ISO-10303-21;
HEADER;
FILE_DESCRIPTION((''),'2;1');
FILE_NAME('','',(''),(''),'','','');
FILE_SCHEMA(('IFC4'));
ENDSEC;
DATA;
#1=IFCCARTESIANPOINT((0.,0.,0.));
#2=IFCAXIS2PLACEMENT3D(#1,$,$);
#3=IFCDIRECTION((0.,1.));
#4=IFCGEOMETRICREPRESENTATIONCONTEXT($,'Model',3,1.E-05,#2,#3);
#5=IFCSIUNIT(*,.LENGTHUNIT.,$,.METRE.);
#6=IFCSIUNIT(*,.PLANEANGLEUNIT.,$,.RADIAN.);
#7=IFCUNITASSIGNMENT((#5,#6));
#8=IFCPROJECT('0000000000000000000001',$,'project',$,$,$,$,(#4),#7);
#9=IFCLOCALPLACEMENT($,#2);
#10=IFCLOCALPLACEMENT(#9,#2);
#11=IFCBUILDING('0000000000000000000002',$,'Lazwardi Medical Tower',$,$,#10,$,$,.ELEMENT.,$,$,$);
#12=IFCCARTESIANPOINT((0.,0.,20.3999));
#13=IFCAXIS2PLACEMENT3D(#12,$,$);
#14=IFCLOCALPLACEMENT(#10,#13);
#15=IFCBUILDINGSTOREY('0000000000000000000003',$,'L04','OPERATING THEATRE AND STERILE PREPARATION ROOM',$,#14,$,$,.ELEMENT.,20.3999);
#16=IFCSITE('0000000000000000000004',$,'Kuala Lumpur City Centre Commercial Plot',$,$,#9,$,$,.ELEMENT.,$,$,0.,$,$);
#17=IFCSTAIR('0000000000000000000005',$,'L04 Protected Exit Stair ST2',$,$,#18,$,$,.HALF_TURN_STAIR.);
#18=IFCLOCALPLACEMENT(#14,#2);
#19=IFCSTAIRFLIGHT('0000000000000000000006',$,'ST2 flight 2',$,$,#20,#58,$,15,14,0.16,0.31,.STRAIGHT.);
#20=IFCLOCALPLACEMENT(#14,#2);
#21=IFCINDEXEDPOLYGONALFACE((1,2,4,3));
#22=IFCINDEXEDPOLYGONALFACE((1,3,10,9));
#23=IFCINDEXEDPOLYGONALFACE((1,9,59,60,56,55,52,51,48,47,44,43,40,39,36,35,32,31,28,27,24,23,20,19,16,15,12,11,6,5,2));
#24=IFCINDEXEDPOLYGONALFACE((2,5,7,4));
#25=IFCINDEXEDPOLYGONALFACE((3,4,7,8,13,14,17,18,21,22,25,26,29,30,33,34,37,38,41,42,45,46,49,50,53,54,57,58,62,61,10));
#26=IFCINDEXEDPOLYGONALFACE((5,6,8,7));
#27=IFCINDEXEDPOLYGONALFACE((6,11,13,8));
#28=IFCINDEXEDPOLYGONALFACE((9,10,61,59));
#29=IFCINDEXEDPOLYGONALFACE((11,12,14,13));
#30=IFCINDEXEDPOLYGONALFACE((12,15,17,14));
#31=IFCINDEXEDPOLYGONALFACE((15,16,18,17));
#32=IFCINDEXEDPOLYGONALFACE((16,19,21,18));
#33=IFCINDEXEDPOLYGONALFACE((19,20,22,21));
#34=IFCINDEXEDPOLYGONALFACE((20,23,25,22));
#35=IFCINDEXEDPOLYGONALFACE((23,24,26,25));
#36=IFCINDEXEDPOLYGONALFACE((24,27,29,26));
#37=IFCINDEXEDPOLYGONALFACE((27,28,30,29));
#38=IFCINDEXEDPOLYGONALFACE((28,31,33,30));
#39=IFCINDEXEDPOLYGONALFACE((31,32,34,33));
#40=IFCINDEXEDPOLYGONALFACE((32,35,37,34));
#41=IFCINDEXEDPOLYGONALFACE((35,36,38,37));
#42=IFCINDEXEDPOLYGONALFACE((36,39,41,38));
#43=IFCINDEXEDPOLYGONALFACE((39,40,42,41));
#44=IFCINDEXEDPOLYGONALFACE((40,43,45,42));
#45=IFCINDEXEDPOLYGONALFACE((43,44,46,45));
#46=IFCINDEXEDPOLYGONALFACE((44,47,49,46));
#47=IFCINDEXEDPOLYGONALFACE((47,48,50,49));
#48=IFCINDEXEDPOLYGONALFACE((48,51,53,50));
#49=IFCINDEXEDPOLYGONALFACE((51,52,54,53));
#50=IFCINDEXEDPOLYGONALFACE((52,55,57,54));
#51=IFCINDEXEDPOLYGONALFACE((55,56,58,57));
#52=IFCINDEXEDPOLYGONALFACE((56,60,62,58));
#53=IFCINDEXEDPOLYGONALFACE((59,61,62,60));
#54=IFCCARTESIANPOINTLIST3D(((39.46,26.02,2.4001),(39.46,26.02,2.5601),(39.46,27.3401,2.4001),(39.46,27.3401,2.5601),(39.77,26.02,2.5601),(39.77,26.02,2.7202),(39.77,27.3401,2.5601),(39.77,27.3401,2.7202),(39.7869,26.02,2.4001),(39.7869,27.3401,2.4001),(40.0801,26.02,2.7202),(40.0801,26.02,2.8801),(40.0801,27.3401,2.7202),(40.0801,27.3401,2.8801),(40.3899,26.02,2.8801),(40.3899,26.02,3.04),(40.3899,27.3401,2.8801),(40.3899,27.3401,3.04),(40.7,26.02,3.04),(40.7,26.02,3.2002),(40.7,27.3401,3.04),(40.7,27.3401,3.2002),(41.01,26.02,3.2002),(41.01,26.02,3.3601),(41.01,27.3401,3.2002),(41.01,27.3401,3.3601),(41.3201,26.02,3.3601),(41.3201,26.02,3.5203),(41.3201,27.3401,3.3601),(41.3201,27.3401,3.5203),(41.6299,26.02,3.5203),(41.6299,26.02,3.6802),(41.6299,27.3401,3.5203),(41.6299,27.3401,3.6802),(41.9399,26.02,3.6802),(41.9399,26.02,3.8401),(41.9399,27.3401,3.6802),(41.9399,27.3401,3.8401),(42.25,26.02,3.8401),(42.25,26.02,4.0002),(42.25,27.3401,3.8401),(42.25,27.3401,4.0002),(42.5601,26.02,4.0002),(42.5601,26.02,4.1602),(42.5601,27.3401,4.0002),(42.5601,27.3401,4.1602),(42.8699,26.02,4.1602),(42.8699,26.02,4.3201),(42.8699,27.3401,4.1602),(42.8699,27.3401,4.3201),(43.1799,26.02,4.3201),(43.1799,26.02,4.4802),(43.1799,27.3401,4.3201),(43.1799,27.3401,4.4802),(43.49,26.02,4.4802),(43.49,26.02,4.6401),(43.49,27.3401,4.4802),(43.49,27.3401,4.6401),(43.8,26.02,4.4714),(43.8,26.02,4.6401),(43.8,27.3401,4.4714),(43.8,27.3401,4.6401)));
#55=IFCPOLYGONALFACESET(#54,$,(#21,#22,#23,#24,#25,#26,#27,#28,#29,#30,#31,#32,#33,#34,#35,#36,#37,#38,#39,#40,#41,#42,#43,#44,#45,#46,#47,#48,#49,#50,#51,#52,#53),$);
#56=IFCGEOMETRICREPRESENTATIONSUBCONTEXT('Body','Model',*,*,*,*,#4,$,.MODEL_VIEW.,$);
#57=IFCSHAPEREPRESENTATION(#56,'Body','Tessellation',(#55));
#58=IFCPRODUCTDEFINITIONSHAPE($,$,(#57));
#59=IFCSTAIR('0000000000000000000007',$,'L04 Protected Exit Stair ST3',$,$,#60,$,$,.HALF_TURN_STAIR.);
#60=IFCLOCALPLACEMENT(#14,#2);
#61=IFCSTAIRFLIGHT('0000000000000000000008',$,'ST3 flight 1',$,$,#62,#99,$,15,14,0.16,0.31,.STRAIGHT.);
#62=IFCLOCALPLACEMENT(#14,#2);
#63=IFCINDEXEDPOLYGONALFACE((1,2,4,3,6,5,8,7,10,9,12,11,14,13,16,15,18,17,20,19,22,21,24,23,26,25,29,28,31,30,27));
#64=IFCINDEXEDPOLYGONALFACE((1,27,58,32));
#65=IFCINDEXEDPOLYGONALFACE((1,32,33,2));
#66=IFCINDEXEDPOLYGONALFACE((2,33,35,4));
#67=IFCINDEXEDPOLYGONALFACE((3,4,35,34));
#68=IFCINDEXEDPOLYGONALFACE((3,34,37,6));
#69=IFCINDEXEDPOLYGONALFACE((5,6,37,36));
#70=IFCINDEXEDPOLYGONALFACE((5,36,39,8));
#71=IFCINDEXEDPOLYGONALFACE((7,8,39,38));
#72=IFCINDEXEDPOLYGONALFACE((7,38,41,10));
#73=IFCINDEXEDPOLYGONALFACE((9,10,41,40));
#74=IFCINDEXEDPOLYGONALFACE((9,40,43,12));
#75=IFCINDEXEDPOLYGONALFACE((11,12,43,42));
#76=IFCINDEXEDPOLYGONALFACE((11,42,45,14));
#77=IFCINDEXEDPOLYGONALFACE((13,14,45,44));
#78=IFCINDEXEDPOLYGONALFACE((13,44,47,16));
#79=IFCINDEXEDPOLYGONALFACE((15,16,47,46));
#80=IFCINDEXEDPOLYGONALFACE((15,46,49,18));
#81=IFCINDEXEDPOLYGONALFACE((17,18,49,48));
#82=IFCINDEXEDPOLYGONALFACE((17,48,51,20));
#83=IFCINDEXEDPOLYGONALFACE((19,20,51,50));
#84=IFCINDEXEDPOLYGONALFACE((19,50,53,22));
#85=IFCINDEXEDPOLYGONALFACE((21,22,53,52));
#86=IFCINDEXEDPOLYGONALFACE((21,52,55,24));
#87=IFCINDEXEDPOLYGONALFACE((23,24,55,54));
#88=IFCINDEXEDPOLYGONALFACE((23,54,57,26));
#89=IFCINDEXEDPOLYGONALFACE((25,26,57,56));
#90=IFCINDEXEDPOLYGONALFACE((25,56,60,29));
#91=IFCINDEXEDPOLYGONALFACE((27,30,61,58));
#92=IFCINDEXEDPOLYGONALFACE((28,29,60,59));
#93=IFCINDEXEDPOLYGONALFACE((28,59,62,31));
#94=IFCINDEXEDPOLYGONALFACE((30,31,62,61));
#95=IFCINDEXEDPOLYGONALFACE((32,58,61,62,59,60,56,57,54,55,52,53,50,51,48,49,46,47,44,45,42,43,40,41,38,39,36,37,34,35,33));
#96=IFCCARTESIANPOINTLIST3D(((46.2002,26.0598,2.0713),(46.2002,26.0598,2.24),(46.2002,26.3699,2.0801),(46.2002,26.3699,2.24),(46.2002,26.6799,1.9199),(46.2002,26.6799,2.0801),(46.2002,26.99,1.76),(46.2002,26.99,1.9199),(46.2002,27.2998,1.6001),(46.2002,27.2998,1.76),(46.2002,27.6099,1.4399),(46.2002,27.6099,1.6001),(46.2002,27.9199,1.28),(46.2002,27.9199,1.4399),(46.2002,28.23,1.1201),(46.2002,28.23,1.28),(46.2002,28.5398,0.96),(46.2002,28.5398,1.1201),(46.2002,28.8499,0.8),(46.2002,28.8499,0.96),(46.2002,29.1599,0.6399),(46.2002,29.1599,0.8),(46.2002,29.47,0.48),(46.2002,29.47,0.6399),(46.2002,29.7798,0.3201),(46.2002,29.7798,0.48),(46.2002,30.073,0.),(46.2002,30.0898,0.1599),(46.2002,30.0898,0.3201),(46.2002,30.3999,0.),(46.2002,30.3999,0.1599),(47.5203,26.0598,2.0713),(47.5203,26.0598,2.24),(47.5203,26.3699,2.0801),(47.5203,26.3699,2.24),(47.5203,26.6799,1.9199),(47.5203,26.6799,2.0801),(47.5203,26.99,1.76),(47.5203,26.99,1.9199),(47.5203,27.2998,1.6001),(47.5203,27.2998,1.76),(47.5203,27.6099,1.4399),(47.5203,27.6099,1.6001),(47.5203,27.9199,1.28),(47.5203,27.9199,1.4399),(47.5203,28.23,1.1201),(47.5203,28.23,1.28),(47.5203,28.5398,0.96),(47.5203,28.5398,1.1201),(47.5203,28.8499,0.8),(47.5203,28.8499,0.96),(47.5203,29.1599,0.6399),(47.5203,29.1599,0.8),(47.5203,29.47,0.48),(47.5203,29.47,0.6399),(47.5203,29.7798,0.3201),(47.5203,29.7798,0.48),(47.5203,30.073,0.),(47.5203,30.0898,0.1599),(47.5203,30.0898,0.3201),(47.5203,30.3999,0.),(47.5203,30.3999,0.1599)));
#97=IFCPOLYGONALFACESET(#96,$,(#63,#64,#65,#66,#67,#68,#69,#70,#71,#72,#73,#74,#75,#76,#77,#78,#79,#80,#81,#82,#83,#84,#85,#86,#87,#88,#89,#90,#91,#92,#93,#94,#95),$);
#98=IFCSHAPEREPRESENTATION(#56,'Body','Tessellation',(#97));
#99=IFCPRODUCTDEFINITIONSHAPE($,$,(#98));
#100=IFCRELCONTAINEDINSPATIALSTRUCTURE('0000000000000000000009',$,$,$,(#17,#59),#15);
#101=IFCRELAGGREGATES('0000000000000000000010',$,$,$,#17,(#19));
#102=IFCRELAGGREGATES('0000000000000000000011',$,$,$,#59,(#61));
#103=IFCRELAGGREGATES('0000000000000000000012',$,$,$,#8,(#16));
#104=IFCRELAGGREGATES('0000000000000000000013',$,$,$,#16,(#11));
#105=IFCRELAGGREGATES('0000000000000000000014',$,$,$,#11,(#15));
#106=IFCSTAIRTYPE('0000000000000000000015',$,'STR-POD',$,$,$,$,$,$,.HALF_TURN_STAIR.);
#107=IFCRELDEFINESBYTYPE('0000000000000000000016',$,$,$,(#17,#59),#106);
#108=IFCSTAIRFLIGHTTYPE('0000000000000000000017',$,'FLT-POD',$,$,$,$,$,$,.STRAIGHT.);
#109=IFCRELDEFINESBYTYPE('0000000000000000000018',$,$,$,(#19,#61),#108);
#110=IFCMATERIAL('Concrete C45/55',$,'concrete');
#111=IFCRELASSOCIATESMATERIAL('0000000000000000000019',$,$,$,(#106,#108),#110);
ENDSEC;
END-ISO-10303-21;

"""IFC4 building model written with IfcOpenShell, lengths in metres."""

from ifc_helpers import new_model, si_unit, direction, frame, origin, place, context, subcontext, project, spatial, polyline, outline, extrude, material, type_object, element, aggregate, save


model = new_model("IFC4")

# Units and contexts
model_context = context("Model", 3, precision=1e-05, world=origin(), true_north=direction((0.0, 1.0)))
body_context = subcontext(model_context, "Body", "Model", "MODEL_VIEW")
ifc_project = project(units=[si_unit("LENGTHUNIT", "METRE"), si_unit("PLANEANGLEUNIT", "RADIAN")], contexts=[model_context])

# Site, building, storey
site_placement = place(None, origin())
site = spatial("IfcSite", under=ifc_project, at=site_placement, Name="Kuala Lumpur City Centre Commercial Plot", CompositionType="ELEMENT", RefElevation=0.0)
building_placement = place(site_placement, origin())
building = spatial("IfcBuilding", under=site, at=building_placement, Name="Lazwardi Medical Tower", CompositionType="ELEMENT")
storey_placement = place(building_placement, frame((0.0, 0.0, 20.3999)))
storey = spatial("IfcBuildingStorey", under=building, at=storey_placement, Name="L04", Description="OPERATING THEATRE AND STERILE PREPARATION ROOM", CompositionType="ELEMENT", Elevation=20.3999)

# Stair, stair flight
ifc_material_1 = material(Name="Concrete C45/55", Category="concrete")
stair_type = type_object("IfcStairType", Name="STR-POD", PredefinedType="HALF_TURN_STAIR", material=ifc_material_1)
stair_1_placement = place(storey_placement, origin())
stair_1 = element("IfcStair", 1, at=stair_1_placement, inside=storey, type_object=stair_type, Name="L04 Protected Exit Stair ST2", PredefinedType="HALF_TURN_STAIR")
stair_flight_type = type_object("IfcStairFlightType", Name="FLT-POD", PredefinedType="STRAIGHT", material=ifc_material_1)
stair_flight_1_placement = place(storey_placement, frame((39.46, 26.6799, 2.4001), z_axis=(0.0, 0.0, 1.0), x_axis=(1.0, 0.0, 0.0)))
stair_flight_1 = element("IfcStairFlight", 2, at=stair_flight_1_placement, type_object=stair_flight_type, Name="ST2 flight 2", NumberOfRisers=15, NumberOfTreads=14, PredefinedType="STRAIGHT", RiserHeight=0.16, TreadLength=0.31, context=body_context, shape_type="SweptSolid", body=[
    extrude(outline(polyline([(0.0, 0.0), (0.0, 0.1599), (0.3101, 0.1599), (0.3101, 0.3201), (0.6201, 0.3201), (0.6201, 0.48), (0.9299, 0.48), (0.9299, 0.6399), (1.24, 0.6399), (1.24, 0.8), (1.55, 0.8), (1.55, 0.96), (1.8601, 0.96), (1.8601, 1.1201), (2.1699, 1.1201), (2.1699, 1.28), (2.48, 1.28), (2.48, 1.4399), (2.79, 1.4399), (2.79, 1.6001), (3.1001, 1.6001), (3.1001, 1.76), (3.4099, 1.76), (3.4099, 1.9199), (3.72, 1.9199), (3.72, 2.0801), (4.03, 2.0801), (4.03, 2.24), (4.3401, 2.24), (4.3401, 2.3999), (4.3401, 2.0713), (0.3269, 0.0), (0.0, 0.0)])), frame((0.0, 0.6602, 0.0), z_axis=(0.0, -1.0, 0.0), x_axis=(1.0, 0.0, 0.0)), (0.0, 0.0, 1.0), 1.3201),
])
aggregate(stair_1, [stair_flight_1])

# Stair, stair flight
stair_2_placement = place(storey_placement, origin())
stair_2 = element("IfcStair", 3, at=stair_2_placement, inside=storey, type_object=stair_type, Name="L04 Protected Exit Stair ST3", PredefinedType="HALF_TURN_STAIR")
stair_flight_2_placement = place(storey_placement, frame((46.8601, 30.3999, 0.0), z_axis=(0.0, 0.0, 1.0), x_axis=(0.0, -1.0, 0.0)))
stair_flight_2 = element("IfcStairFlight", 4, at=stair_flight_2_placement, type_object=stair_flight_type, Name="ST3 flight 1", NumberOfRisers=15, NumberOfTreads=14, PredefinedType="STRAIGHT", RiserHeight=0.16, TreadLength=0.31, context=body_context, shape_type="SweptSolid", body=[
    extrude(outline(polyline([(0.0, 0.0), (0.0, 0.1599), (0.3101, 0.1599), (0.3101, 0.3201), (0.6201, 0.3201), (0.6201, 0.48), (0.9299, 0.48), (0.9299, 0.6399), (1.24, 0.6399), (1.24, 0.8), (1.55, 0.8), (1.55, 0.96), (1.8601, 0.96), (1.8601, 1.1201), (2.1699, 1.1201), (2.1699, 1.28), (2.48, 1.28), (2.48, 1.4399), (2.79, 1.4399), (2.79, 1.6001), (3.1001, 1.6001), (3.1001, 1.76), (3.4099, 1.76), (3.4099, 1.9199), (3.72, 1.9199), (3.72, 2.0801), (4.03, 2.0801), (4.03, 2.24), (4.3401, 2.24), (4.3401, 2.3999), (4.3401, 2.0713), (0.3269, 0.0), (0.0, 0.0)])), frame((0.0, 0.6602, 0.0), z_axis=(0.0, -1.0, 0.0), x_axis=(1.0, 0.0, 0.0)), (0.0, 0.0, 1.0), 1.3201),
])
aggregate(stair_2, [stair_flight_2])

save(model, "model.ifc")
